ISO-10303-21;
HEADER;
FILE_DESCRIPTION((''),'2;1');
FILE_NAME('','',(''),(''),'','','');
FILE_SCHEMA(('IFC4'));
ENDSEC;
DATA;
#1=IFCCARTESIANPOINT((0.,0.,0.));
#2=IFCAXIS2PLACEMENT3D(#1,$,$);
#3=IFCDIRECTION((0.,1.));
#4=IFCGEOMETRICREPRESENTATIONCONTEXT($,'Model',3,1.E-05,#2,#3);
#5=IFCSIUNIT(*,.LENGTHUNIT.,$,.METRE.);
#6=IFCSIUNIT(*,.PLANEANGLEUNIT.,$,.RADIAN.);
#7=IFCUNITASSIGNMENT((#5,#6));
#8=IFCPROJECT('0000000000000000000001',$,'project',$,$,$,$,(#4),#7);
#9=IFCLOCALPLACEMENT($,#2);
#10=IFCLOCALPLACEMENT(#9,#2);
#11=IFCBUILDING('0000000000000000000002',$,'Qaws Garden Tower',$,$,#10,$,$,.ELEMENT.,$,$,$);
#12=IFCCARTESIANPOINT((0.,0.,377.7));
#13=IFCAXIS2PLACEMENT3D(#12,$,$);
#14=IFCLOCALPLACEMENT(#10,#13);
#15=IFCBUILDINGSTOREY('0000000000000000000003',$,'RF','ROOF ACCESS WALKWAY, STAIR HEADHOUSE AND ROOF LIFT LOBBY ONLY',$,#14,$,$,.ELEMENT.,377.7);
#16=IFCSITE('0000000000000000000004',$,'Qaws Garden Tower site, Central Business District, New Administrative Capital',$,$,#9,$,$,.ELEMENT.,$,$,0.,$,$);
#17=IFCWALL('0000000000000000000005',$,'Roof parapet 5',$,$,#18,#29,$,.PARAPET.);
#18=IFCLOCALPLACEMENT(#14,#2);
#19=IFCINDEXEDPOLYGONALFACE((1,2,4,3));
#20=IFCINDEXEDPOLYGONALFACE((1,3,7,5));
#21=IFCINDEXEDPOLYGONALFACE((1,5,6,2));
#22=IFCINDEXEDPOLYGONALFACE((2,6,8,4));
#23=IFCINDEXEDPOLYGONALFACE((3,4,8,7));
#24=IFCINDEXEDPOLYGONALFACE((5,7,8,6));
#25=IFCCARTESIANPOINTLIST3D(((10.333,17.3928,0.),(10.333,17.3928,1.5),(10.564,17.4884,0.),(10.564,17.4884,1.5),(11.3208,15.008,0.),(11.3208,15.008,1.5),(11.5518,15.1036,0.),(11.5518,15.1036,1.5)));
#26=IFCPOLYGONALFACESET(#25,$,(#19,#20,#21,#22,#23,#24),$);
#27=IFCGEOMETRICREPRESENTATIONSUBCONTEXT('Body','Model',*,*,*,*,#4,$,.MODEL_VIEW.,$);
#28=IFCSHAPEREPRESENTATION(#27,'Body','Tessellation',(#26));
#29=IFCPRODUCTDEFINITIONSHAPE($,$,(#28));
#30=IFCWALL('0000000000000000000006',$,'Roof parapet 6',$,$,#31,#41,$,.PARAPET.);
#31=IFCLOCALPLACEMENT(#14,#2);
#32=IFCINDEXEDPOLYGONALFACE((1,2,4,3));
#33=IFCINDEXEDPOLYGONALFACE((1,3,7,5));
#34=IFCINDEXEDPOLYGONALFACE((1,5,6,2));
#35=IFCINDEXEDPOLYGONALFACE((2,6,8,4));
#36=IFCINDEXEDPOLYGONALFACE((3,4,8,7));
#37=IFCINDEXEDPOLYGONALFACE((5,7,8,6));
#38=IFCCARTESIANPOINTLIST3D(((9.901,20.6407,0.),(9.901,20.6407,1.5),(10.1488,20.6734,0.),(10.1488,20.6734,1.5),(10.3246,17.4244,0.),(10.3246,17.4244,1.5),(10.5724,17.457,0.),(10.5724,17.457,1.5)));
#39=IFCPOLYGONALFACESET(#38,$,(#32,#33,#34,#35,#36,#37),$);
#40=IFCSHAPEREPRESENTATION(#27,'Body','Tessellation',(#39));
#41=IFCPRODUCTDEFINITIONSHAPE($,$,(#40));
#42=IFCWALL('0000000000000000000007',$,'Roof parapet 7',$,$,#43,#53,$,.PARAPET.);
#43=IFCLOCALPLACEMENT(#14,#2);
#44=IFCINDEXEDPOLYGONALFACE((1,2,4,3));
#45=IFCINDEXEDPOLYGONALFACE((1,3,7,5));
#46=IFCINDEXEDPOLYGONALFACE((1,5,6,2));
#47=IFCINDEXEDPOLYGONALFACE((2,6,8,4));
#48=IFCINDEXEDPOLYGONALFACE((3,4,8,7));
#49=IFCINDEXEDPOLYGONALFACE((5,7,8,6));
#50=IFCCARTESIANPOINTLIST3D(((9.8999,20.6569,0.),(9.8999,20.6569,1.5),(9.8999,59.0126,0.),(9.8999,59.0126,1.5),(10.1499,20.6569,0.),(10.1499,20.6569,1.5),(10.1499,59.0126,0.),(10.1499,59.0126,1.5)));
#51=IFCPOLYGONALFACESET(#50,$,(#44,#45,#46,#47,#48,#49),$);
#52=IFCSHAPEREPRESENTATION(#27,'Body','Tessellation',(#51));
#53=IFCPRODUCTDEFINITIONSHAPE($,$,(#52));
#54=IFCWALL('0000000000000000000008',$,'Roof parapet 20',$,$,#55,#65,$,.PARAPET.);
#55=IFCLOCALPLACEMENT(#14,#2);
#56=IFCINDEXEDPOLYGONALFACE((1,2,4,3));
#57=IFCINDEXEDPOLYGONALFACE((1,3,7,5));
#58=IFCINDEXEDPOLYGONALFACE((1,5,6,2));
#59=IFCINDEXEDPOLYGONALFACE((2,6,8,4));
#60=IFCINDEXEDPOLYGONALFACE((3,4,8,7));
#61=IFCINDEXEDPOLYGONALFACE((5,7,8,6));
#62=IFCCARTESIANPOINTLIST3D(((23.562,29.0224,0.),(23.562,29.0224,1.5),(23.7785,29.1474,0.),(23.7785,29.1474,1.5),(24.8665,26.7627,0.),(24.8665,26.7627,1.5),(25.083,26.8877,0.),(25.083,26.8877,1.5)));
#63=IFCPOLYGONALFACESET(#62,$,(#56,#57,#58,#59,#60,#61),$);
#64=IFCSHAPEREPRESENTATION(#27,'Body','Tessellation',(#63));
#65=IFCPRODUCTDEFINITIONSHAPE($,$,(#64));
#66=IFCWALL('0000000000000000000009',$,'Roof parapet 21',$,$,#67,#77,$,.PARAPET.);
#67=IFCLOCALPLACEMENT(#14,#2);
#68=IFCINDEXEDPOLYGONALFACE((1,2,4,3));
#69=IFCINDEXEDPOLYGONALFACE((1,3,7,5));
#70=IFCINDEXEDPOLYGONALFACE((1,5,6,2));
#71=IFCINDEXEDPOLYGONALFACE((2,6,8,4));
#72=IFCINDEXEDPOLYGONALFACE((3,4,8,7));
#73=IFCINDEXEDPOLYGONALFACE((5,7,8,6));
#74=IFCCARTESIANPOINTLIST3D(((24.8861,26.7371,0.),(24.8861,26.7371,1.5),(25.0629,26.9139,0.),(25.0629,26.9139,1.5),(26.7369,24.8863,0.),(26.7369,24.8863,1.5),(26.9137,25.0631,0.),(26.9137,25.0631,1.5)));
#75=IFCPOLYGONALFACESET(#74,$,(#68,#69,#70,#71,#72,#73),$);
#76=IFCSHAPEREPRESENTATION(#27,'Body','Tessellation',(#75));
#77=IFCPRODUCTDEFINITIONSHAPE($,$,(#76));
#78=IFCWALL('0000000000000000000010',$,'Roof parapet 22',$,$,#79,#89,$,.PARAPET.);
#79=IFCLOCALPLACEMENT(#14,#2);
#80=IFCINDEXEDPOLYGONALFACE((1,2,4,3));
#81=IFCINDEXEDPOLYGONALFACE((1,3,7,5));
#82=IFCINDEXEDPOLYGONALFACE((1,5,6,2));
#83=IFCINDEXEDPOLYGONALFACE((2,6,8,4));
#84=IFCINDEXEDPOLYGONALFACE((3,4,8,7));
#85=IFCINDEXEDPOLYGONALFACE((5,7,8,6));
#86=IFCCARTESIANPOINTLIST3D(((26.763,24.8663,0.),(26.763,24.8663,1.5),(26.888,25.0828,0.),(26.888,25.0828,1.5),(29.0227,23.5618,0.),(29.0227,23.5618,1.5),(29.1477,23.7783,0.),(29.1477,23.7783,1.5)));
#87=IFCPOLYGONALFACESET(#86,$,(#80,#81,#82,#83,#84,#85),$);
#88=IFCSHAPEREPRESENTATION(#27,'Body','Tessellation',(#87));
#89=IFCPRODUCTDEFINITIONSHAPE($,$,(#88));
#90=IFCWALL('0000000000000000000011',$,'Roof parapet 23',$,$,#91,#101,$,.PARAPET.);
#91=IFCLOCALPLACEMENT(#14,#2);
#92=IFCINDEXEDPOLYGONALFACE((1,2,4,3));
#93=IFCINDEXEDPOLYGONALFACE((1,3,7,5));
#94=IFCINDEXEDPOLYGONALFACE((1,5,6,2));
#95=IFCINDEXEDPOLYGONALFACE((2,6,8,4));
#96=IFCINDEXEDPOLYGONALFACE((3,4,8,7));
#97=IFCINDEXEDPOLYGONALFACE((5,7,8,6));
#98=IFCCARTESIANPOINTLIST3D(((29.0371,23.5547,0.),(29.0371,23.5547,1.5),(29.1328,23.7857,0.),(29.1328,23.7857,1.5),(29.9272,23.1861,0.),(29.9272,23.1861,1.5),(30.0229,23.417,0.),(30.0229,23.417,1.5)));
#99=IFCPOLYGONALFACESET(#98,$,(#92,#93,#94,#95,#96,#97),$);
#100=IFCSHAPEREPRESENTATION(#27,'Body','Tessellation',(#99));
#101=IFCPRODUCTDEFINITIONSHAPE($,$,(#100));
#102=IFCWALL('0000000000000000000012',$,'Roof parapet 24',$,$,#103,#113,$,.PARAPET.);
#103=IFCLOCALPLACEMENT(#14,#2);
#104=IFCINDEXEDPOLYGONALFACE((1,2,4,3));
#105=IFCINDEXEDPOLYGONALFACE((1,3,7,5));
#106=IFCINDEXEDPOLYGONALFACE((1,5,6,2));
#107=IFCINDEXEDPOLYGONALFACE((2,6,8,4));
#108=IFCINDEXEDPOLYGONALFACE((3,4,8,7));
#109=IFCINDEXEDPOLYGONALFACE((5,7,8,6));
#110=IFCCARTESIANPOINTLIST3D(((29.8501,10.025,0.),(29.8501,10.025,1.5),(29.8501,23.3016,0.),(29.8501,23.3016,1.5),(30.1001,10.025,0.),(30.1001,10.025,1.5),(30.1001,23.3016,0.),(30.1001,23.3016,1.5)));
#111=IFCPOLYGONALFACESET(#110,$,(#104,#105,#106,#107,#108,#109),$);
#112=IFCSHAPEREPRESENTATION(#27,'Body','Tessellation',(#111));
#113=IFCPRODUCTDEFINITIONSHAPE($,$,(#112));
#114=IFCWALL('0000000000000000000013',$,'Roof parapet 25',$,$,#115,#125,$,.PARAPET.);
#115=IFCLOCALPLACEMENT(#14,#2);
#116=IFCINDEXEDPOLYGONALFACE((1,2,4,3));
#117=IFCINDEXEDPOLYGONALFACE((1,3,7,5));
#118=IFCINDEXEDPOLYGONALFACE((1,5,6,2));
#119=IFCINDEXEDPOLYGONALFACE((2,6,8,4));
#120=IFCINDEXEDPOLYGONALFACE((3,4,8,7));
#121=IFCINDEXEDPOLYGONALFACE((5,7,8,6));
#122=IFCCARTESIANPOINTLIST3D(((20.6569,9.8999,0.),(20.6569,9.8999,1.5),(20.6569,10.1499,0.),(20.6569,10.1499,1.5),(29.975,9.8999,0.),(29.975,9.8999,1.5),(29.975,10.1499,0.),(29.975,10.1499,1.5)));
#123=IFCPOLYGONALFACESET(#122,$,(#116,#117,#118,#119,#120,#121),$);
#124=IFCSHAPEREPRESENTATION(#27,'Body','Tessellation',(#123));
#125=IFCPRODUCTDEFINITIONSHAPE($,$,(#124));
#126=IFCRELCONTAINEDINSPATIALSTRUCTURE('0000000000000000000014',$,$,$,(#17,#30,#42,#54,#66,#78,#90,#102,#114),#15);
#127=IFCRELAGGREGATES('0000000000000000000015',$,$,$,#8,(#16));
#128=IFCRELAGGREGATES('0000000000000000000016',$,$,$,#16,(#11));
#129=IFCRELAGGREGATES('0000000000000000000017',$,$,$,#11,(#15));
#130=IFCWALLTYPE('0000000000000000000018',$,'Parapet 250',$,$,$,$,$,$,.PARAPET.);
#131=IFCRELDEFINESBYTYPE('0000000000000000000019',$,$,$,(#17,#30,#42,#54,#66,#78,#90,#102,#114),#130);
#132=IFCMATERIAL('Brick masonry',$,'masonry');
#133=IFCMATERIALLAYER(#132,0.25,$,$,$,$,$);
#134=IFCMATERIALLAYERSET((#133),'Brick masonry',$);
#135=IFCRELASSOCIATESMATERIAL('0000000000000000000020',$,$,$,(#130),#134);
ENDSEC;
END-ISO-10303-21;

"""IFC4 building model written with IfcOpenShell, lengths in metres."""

from ifc_helpers import new_model, si_unit, direction, frame, frame_2d, origin, place, context, subcontext, project, spatial, rectangle, extrude, material, layer, layer_set, type_object, element, save


model = new_model("IFC4")

# Units and contexts
model_context = context("Model", 3, precision=1e-05, world=origin(), true_north=direction((0.0, 1.0)))
body_context = subcontext(model_context, "Body", "Model", "MODEL_VIEW")
ifc_project = project(units=[si_unit("LENGTHUNIT", "METRE"), si_unit("PLANEANGLEUNIT", "RADIAN")], contexts=[model_context])

# Site, building, storey
site_placement = place(None, origin())
site = spatial("IfcSite", under=ifc_project, at=site_placement, Name="Qaws Garden Tower site, Central Business District, New Administrative Capital", CompositionType="ELEMENT", RefElevation=0.0)
building_placement = place(site_placement, origin())
building = spatial("IfcBuilding", under=site, at=building_placement, Name="Qaws Garden Tower", CompositionType="ELEMENT")
storey_placement = place(building_placement, frame((0.0, 0.0, 377.7)))
storey = spatial("IfcBuildingStorey", under=building, at=storey_placement, Name="RF", Description="ROOF ACCESS WALKWAY, STAIR HEADHOUSE AND ROOF LIFT LOBBY ONLY", CompositionType="ELEMENT", Elevation=377.7)

# Walls
ifc_material_1 = material(Name="Brick masonry", Category="masonry")
ifc_layer_1 = layer(ifc_material_1, 0.25)
ifc_layer_set_1 = layer_set([ifc_layer_1], Name="Brick masonry")
wall_type_1 = type_object("IfcWallType", Name="Parapet 250", PredefinedType="PARAPET", material=ifc_layer_set_1)
wall_1_placement = place(storey_placement, frame((11.4363, 15.0559, 0.0), z_axis=(0.0, 0.0, 1.0), x_axis=(-0.38268, 0.923881, 0.0)))
element("IfcWall", 1, at=wall_1_placement, inside=storey, type_object=wall_type_1, Name="Roof parapet 5", PredefinedType="PARAPET", context=body_context, shape_type="SweptSolid", body=[
    extrude(rectangle(XDim=2.5813, YDim=0.25, at=frame_2d((1.2905, 0.0))), origin(), (0.0, 0.0, 1.0), 1.5),
])
wall_2_placement = place(storey_placement, frame((10.4485, 17.4407, 0.0), z_axis=(0.0, 0.0, 1.0), x_axis=(-0.130571, 0.991439, 0.0)))
element("IfcWall", 2, at=wall_2_placement, inside=storey, type_object=wall_type_1, Name="Roof parapet 6", PredefinedType="PARAPET", context=body_context, shape_type="SweptSolid", body=[
    extrude(rectangle(XDim=3.2441, YDim=0.25, at=frame_2d((1.6221, 0.0))), origin(), (0.0, 0.0, 1.0), 1.5),
])
wall_3_placement = place(storey_placement, frame((10.0249, 20.657, 0.0), z_axis=(0.0, 0.0, 1.0), x_axis=(0.0, 1.0, 0.0)))
element("IfcWall", 3, at=wall_3_placement, inside=storey, type_object=wall_type_1, Name="Roof parapet 7", PredefinedType="PARAPET", context=body_context, shape_type="SweptSolid", body=[
    extrude(rectangle(XDim=38.3557, YDim=0.25, at=frame_2d((19.1777, 0.0))), origin(), (0.0, 0.0, 1.0), 1.5),
])
wall_4_placement = place(storey_placement, frame((23.6702, 29.085, 0.0), z_axis=(0.0, 0.0, 1.0), x_axis=(0.499974, -0.866041, 0.0)))
element("IfcWall", 4, at=wall_4_placement, inside=storey, type_object=wall_type_1, Name="Roof parapet 20", PredefinedType="PARAPET", context=body_context, shape_type="SweptSolid", body=[
    extrude(rectangle(XDim=2.6091, YDim=0.25, at=frame_2d((1.3047, 0.0))), origin(), (0.0, 0.0, 1.0), 1.5),
])
wall_5_placement = place(storey_placement, frame((24.9746, 26.8254, 0.0), z_axis=(0.0, 0.0, 1.0), x_axis=(0.707107, -0.707107, 0.0)))
element("IfcWall", 5, at=wall_5_placement, inside=storey, type_object=wall_type_1, Name="Roof parapet 21", PredefinedType="PARAPET", context=body_context, shape_type="SweptSolid", body=[
    extrude(rectangle(XDim=2.6174, YDim=0.25, at=frame_2d((1.3086, 0.0))), origin(), (0.0, 0.0, 1.0), 1.5),
])
wall_6_placement = place(storey_placement, frame((26.8254, 24.9746, 0.0), z_axis=(0.0, 0.0, 1.0), x_axis=(0.866041, -0.499974, 0.0)))
element("IfcWall", 6, at=wall_6_placement, inside=storey, type_object=wall_type_1, Name="Roof parapet 22", PredefinedType="PARAPET", context=body_context, shape_type="SweptSolid", body=[
    extrude(rectangle(XDim=2.6091, YDim=0.25, at=frame_2d((1.3047, 0.0))), origin(), (0.0, 0.0, 1.0), 1.5),
])
wall_7_placement = place(storey_placement, frame((29.085, 23.6702, 0.0), z_axis=(0.0, 0.0, 1.0), x_axis=(0.923899, -0.382635, 0.0)))
element("IfcWall", 7, at=wall_7_placement, inside=storey, type_object=wall_type_1, Name="Roof parapet 23", PredefinedType="PARAPET", context=body_context, shape_type="SweptSolid", body=[
    extrude(rectangle(XDim=0.9634, YDim=0.25, at=frame_2d((0.4817, 0.0))), origin(), (0.0, 0.0, 1.0), 1.5),
])
wall_8_placement = place(storey_placement, frame((29.9751, 23.3015, 0.0), z_axis=(0.0, 0.0, 1.0), x_axis=(0.0, -1.0, 0.0)))
element("IfcWall", 8, at=wall_8_placement, inside=storey, type_object=wall_type_1, Name="Roof parapet 24", PredefinedType="PARAPET", context=body_context, shape_type="SweptSolid", body=[
    extrude(rectangle(XDim=13.2766, YDim=0.25, at=frame_2d((6.6382, 0.0))), origin(), (0.0, 0.0, 1.0), 1.5),
])
wall_9_placement = place(storey_placement, frame((29.9751, 10.0249, 0.0), z_axis=(0.0, 0.0, 1.0), x_axis=(-1.0, 0.0, 0.0)))
element("IfcWall", 9, at=wall_9_placement, inside=storey, type_object=wall_type_1, Name="Roof parapet 25", PredefinedType="PARAPET", context=body_context, shape_type="SweptSolid", body=[
    extrude(rectangle(XDim=9.3181, YDim=0.25, at=frame_2d((4.6592, 0.0))), origin(), (0.0, 0.0, 1.0), 1.5),
])

save(model, "model.ifc")
